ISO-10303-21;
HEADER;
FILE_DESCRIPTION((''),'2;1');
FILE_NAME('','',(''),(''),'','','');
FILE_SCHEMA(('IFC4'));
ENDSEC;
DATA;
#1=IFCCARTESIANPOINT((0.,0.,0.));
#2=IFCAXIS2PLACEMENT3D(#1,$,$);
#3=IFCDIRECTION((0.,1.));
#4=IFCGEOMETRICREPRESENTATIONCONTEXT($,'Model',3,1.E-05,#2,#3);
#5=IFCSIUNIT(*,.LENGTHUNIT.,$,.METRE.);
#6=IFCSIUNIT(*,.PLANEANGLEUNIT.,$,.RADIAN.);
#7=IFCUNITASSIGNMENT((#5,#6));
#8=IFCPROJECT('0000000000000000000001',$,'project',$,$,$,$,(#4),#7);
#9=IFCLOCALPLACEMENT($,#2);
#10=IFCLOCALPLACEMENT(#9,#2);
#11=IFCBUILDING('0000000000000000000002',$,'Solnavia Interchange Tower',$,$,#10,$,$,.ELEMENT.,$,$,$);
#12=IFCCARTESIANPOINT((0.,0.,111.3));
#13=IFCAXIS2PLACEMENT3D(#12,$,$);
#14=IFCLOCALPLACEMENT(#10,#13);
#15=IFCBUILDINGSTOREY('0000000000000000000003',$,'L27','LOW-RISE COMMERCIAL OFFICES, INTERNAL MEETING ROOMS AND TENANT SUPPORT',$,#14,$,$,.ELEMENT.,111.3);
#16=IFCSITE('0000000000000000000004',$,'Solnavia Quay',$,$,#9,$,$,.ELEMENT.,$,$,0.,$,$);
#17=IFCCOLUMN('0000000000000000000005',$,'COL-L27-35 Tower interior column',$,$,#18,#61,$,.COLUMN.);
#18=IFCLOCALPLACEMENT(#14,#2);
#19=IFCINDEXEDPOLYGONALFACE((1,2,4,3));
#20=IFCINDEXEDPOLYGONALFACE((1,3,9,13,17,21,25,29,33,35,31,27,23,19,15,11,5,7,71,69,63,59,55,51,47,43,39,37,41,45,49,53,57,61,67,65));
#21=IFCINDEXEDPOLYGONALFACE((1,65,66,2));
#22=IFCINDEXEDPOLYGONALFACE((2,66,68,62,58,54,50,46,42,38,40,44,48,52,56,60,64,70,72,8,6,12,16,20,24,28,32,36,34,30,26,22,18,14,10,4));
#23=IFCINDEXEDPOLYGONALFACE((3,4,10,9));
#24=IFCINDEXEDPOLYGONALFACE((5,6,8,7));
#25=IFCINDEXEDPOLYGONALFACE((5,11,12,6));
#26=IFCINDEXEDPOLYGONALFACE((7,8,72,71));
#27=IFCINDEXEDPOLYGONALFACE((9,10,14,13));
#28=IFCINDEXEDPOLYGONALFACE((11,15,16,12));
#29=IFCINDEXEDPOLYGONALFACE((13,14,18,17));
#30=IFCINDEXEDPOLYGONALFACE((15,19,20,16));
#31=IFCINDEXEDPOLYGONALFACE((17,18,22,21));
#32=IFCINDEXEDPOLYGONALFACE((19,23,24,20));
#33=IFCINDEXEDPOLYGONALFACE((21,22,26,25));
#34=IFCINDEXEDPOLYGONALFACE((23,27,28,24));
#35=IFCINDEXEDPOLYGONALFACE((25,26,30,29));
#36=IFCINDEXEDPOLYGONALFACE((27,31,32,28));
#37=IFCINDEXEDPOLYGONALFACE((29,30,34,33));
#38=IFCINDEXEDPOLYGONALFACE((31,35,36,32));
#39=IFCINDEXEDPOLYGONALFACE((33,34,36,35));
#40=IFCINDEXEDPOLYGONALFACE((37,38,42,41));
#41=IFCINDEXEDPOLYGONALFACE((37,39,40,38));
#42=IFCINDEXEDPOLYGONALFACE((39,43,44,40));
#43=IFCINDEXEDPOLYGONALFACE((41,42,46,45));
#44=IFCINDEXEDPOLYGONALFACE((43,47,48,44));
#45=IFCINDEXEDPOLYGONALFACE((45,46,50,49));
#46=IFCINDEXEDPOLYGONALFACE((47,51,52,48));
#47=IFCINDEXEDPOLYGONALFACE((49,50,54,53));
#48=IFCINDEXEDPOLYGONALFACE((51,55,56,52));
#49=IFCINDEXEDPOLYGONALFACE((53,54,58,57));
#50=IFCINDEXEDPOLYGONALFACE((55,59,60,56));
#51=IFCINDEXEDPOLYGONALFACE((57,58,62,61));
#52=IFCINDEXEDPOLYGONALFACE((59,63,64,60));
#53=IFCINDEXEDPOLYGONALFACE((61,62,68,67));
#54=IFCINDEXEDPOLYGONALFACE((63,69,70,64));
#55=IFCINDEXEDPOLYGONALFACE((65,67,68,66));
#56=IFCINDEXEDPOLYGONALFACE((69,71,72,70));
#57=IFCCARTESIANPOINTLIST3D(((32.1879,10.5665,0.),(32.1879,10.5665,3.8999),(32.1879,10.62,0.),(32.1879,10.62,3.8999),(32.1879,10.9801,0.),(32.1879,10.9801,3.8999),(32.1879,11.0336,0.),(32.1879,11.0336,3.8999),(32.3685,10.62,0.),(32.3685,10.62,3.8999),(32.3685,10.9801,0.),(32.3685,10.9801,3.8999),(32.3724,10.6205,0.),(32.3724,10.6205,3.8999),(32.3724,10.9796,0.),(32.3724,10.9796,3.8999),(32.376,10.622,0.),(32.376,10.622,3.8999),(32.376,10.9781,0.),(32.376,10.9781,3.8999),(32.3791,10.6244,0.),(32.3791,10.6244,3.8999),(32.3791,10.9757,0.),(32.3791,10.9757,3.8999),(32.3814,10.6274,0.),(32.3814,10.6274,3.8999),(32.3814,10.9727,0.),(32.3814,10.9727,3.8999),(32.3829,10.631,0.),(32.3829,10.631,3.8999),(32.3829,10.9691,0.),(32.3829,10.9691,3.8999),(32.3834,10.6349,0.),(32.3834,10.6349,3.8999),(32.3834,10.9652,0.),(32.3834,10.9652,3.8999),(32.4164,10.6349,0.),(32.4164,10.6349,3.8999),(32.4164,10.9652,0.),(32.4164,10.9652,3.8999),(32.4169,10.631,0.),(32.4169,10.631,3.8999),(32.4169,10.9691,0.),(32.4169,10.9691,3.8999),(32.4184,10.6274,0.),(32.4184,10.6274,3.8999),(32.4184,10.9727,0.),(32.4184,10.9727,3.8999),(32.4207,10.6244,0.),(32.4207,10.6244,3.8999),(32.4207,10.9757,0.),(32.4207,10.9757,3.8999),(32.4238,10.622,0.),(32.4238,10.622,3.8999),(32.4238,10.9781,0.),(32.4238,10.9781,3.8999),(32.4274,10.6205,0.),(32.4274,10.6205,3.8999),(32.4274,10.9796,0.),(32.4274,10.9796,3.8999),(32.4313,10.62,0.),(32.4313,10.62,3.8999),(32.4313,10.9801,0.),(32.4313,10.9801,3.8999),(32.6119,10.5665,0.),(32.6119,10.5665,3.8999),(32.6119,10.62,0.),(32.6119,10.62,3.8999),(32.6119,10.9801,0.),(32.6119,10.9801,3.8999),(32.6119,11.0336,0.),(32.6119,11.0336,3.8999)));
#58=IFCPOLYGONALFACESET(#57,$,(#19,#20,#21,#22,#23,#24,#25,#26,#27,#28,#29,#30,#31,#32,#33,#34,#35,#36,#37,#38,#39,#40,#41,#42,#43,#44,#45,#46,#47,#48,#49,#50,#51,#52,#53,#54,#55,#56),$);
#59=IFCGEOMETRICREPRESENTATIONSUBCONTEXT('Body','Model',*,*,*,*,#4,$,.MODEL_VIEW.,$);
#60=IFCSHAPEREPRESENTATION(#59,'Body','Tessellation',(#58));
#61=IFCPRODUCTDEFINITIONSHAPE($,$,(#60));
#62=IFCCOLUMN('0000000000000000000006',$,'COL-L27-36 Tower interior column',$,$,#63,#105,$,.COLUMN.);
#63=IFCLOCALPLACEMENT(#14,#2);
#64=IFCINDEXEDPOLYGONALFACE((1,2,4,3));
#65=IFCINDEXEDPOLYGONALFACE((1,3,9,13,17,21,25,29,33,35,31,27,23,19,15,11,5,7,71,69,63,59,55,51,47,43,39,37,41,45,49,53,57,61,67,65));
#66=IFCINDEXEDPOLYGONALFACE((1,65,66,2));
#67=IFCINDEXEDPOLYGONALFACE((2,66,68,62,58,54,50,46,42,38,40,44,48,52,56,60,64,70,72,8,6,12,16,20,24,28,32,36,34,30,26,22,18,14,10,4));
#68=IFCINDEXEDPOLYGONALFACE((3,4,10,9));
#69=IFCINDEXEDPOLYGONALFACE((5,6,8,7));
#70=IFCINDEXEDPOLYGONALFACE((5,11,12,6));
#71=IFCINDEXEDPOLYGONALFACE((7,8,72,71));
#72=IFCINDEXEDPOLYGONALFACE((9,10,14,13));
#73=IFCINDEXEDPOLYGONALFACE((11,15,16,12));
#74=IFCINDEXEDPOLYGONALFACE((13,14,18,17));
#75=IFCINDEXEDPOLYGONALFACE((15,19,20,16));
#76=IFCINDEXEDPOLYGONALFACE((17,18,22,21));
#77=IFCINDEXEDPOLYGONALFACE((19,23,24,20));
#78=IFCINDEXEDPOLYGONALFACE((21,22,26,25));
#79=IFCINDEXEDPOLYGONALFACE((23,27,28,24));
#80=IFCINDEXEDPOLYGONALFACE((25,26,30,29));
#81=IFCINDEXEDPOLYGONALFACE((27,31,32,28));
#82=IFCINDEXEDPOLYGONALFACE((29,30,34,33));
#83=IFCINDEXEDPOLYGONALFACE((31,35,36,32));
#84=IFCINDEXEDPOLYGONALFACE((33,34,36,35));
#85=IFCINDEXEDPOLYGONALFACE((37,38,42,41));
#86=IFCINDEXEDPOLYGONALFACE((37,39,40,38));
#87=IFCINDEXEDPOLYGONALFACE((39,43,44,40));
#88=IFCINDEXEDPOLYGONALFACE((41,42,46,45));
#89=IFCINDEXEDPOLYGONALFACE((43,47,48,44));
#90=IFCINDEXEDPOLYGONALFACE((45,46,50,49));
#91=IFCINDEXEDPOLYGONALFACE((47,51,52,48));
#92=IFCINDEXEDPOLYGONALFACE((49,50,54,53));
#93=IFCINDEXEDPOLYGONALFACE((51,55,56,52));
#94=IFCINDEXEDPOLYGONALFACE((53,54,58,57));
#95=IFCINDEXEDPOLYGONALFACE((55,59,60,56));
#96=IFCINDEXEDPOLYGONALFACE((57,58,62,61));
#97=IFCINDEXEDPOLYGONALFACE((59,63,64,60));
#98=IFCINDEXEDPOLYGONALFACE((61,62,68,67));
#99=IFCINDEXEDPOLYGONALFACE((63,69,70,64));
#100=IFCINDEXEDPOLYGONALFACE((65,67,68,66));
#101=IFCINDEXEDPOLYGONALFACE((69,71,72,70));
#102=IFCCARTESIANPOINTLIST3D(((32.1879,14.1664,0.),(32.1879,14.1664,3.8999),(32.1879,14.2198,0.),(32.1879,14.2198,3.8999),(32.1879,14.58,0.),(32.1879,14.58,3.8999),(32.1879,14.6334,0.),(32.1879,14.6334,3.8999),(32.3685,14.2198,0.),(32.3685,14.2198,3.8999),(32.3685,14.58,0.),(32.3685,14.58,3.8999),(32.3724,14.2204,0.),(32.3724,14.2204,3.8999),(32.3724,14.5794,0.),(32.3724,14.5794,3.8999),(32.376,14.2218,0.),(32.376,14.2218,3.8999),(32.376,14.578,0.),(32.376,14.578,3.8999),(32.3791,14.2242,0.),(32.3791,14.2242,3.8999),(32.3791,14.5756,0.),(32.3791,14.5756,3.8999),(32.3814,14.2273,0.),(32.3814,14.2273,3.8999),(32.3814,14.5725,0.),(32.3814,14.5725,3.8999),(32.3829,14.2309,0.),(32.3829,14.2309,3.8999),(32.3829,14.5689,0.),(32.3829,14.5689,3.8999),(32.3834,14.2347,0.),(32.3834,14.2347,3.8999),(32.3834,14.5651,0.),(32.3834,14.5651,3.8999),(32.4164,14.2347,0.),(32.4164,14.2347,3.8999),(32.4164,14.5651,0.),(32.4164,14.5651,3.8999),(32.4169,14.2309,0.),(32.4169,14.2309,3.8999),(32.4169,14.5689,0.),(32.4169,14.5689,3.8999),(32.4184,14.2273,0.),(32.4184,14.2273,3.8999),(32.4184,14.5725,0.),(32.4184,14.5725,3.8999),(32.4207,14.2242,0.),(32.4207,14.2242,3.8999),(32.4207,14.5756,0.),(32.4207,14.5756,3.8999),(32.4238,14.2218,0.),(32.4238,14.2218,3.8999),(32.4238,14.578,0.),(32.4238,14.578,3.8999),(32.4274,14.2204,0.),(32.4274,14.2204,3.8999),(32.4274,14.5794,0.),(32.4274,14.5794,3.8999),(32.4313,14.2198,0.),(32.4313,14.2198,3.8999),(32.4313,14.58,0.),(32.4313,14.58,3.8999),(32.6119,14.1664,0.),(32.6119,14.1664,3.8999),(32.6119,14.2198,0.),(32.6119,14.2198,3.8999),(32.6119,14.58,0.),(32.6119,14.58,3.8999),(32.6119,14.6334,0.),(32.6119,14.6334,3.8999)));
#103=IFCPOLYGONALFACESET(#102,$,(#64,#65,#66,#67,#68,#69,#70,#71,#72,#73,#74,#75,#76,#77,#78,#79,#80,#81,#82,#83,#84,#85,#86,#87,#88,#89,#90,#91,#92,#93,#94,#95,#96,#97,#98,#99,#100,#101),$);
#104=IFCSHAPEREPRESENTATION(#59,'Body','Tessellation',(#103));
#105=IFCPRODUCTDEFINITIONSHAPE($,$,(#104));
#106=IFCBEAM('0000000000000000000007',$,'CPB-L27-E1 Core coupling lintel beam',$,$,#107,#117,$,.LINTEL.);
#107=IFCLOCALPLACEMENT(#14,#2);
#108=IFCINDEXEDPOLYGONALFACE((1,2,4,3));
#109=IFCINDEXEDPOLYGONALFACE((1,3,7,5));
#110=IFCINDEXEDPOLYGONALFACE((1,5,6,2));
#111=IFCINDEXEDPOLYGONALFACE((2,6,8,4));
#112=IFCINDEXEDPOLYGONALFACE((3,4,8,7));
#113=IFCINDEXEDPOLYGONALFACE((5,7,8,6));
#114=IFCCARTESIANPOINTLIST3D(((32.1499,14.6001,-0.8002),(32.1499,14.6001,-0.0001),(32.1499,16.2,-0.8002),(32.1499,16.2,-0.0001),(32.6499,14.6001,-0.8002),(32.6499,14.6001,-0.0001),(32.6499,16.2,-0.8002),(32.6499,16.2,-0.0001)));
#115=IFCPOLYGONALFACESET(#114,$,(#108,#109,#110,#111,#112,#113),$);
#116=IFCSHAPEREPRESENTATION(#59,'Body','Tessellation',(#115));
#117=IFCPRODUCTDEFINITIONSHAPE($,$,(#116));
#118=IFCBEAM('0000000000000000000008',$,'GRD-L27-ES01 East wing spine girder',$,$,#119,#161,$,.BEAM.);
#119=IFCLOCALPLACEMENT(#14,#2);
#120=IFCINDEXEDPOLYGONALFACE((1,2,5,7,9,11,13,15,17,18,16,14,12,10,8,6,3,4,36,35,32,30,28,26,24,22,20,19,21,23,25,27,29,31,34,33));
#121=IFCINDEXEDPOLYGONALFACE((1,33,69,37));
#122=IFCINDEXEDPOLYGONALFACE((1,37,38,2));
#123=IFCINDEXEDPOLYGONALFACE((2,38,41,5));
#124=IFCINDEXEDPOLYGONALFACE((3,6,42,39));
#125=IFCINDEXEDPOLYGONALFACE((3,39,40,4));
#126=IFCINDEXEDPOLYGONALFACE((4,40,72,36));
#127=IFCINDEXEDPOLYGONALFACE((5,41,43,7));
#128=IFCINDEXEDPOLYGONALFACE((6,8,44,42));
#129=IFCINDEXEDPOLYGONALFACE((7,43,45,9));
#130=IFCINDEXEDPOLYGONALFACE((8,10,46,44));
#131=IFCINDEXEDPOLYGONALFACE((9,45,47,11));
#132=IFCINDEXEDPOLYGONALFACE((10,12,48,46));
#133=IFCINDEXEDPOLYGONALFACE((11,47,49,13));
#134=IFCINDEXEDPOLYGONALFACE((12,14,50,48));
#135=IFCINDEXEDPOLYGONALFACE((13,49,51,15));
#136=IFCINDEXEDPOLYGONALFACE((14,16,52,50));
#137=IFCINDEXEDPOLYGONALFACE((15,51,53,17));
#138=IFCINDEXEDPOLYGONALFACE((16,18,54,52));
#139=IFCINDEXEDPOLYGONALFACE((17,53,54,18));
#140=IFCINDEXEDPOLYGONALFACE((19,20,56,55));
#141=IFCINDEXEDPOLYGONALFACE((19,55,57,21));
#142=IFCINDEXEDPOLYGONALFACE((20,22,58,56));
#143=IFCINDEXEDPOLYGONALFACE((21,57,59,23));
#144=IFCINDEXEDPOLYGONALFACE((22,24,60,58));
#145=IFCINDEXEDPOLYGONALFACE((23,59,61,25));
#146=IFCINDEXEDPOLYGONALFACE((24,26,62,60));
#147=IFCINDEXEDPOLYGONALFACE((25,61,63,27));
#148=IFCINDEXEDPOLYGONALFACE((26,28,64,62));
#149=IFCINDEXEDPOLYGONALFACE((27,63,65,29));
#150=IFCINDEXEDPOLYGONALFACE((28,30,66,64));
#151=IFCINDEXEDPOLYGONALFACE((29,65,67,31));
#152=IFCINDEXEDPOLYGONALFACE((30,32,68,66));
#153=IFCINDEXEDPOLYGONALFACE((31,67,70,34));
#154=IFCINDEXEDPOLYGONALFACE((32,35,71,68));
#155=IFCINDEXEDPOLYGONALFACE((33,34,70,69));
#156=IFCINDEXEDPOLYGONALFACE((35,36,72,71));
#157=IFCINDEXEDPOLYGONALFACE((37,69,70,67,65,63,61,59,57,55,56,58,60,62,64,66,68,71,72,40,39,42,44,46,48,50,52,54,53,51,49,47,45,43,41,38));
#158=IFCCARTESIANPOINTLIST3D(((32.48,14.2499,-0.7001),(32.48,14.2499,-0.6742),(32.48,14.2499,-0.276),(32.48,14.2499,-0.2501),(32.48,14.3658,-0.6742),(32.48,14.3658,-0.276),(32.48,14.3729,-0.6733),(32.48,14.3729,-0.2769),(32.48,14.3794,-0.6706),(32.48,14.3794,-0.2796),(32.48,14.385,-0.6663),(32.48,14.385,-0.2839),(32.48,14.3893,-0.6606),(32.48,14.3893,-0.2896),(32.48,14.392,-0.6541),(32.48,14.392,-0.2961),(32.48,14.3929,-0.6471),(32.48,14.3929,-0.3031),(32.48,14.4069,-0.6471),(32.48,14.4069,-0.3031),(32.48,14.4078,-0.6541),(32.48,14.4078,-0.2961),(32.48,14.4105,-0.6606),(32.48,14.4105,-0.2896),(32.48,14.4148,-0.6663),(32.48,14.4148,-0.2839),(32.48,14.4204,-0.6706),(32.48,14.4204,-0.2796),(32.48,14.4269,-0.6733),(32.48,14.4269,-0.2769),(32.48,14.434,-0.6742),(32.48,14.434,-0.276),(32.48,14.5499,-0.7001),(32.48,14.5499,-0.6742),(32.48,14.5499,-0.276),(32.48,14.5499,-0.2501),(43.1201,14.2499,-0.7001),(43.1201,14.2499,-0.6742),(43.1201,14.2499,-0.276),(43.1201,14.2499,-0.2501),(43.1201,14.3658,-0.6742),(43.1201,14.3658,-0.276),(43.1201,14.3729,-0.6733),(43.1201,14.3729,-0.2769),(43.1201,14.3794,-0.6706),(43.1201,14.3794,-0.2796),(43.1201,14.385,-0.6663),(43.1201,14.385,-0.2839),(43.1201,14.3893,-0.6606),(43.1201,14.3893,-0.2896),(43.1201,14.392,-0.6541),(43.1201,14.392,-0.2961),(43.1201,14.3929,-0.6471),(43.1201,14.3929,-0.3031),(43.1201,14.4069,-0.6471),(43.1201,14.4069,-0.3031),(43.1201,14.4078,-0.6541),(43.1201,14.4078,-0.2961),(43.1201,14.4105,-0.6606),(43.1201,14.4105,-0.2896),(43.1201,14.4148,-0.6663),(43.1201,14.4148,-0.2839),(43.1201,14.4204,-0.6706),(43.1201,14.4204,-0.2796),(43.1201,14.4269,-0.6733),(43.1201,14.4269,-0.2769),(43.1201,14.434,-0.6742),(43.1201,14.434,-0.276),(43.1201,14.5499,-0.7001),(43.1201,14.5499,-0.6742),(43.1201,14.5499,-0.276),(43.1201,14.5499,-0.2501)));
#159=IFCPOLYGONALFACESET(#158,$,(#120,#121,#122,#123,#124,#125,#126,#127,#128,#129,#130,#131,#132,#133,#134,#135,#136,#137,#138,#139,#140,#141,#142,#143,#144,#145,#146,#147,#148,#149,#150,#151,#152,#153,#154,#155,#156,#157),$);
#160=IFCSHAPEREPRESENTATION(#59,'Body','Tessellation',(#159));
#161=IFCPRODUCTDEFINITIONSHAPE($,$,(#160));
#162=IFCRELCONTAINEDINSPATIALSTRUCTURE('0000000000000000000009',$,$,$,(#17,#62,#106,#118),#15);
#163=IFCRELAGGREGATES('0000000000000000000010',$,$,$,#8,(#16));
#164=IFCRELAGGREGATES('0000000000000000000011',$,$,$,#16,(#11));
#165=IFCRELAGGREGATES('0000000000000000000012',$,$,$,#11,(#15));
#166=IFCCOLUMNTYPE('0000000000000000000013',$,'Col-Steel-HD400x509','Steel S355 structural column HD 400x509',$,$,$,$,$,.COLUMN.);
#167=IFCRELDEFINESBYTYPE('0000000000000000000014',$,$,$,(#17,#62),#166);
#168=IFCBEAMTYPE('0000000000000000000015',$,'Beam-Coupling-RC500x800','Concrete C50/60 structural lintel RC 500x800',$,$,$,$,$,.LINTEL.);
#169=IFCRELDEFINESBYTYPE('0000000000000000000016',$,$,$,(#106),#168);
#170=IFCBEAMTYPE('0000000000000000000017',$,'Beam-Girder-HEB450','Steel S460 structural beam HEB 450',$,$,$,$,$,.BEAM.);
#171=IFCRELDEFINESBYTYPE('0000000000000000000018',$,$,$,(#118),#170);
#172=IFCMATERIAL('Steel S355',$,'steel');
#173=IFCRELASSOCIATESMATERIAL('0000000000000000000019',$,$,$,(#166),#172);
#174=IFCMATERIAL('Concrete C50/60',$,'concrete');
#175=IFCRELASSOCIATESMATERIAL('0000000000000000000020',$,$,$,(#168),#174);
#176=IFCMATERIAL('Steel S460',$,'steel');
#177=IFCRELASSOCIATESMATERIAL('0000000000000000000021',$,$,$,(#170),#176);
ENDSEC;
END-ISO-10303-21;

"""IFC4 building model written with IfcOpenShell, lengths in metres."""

from ifc_helpers import new_model, si_unit, direction, frame, origin, origin_2d, place, context, subcontext, project, spatial, rectangle, i_section, extrude, material, material_profile, profile_set, type_object, element, save


model = new_model("IFC4")

# Units and contexts
model_context = context("Model", 3, precision=1e-05, world=origin(), true_north=direction((0.0, 1.0)))
body_context = subcontext(model_context, "Body", "Model", "MODEL_VIEW")
ifc_project = project(units=[si_unit("LENGTHUNIT", "METRE"), si_unit("PLANEANGLEUNIT", "RADIAN")], contexts=[model_context])

# Site, building, storey
site_placement = place(None, origin())
site = spatial("IfcSite", under=ifc_project, at=site_placement, Name="Solnavia Quay", CompositionType="ELEMENT", RefElevation=0.0)
building_placement = place(site_placement, origin())
building = spatial("IfcBuilding", under=site, at=building_placement, Name="Solnavia Interchange Tower", CompositionType="ELEMENT")
storey_placement = place(building_placement, frame((0.0, 0.0, 111.3)))
storey = spatial("IfcBuildingStorey", under=building, at=storey_placement, Name="L27", Description="LOW-RISE COMMERCIAL OFFICES, INTERNAL MEETING ROOMS AND TENANT SUPPORT", CompositionType="ELEMENT", Elevation=111.3)

# Columns
ifc_material_1 = material(Name="Steel S355", Category="steel")
ifc_material_profile_1 = material_profile(ifc_material_1, i_section(OverallWidth=0.4241, OverallDepth=0.467, WebThickness=0.033, FlangeThickness=0.0535, FilletRadius=0.0149, at=origin_2d()), Name="HD 400x509")
ifc_profile_set_1 = profile_set([ifc_material_profile_1], Name="Steel S355")
column_type = type_object("IfcColumnType", Name="Col-Steel-HD400x509", Description="Steel S355 structural column HD 400x509", PredefinedType="COLUMN", material=ifc_profile_set_1)
for number, where, z_axis, x_axis, name in (
    (1, (32.3999, 10.8, 0.0), (0.0, 0.0, 1.0), (1.0, 0.0, 0.0), "COL-L27-35 Tower interior column"),
    (2, (32.3999, 14.3999, 0.0), (0.0, 0.0, 1.0), (1.0, 0.0, 0.0), "COL-L27-36 Tower interior column"),
):
    element("IfcColumn", number, at=place(storey_placement, frame(where, z_axis=z_axis, x_axis=x_axis)), inside=storey, type_object=column_type, Name=name, PredefinedType="COLUMN", context=body_context, shape_type="SweptSolid", body=[
        extrude(i_section(OverallWidth=0.4241, OverallDepth=0.467, WebThickness=0.033, FlangeThickness=0.0535, FilletRadius=0.0149, at=origin_2d()), origin(), (0.0, 0.0, 1.0), 3.8999),
    ])

# Beams
ifc_material_2 = material(Name="Concrete C50/60", Category="concrete")
ifc_material_profile_2 = material_profile(ifc_material_2, rectangle(XDim=0.5, YDim=0.8, at=origin_2d()), Name="RC 500x800")
ifc_profile_set_2 = profile_set([ifc_material_profile_2], Name="Concrete C50/60")
beam_type_1 = type_object("IfcBeamType", Name="Beam-Coupling-RC500x800", Description="Concrete C50/60 structural lintel RC 500x800", PredefinedType="LINTEL", material=ifc_profile_set_2)
beam_1_placement = place(storey_placement, frame((32.3999, 14.6001, -0.4001), z_axis=(0.0, 1.0, 0.0), x_axis=(-1.0, 0.0, 0.0)))
element("IfcBeam", 3, at=beam_1_placement, inside=storey, type_object=beam_type_1, Name="CPB-L27-E1 Core coupling lintel beam", PredefinedType="LINTEL", context=body_context, shape_type="SweptSolid", body=[
    extrude(rectangle(XDim=0.5, YDim=0.8, at=origin_2d()), origin(), (0.0, 0.0, 1.0), 1.5999),
])
ifc_material_3 = material(Name="Steel S460", Category="steel")
ifc_material_profile_3 = material_profile(ifc_material_3, i_section(OverallWidth=0.3, OverallDepth=0.45, WebThickness=0.0139, FlangeThickness=0.0259, FilletRadius=0.0271, at=origin_2d()), Name="HEB 450")
ifc_profile_set_3 = profile_set([ifc_material_profile_3], Name="Steel S460")
beam_type_2 = type_object("IfcBeamType", Name="Beam-Girder-HEB450", Description="Steel S460 structural beam HEB 450", PredefinedType="BEAM", material=ifc_profile_set_3)
beam_2_placement = place(storey_placement, frame((32.48, 14.3999, -0.4751), z_axis=(1.0, 0.0, 0.0), x_axis=(0.0, 1.0, 0.0)))
element("IfcBeam", 4, at=beam_2_placement, inside=storey, type_object=beam_type_2, Name="GRD-L27-ES01 East wing spine girder", PredefinedType="BEAM", context=body_context, shape_type="SweptSolid", body=[
    extrude(i_section(OverallWidth=0.3, OverallDepth=0.45, WebThickness=0.0139, FlangeThickness=0.0259, FilletRadius=0.0271, at=origin_2d()), origin(), (0.0, 0.0, 1.0), 10.6401),
])

save(model, "model.ifc")
